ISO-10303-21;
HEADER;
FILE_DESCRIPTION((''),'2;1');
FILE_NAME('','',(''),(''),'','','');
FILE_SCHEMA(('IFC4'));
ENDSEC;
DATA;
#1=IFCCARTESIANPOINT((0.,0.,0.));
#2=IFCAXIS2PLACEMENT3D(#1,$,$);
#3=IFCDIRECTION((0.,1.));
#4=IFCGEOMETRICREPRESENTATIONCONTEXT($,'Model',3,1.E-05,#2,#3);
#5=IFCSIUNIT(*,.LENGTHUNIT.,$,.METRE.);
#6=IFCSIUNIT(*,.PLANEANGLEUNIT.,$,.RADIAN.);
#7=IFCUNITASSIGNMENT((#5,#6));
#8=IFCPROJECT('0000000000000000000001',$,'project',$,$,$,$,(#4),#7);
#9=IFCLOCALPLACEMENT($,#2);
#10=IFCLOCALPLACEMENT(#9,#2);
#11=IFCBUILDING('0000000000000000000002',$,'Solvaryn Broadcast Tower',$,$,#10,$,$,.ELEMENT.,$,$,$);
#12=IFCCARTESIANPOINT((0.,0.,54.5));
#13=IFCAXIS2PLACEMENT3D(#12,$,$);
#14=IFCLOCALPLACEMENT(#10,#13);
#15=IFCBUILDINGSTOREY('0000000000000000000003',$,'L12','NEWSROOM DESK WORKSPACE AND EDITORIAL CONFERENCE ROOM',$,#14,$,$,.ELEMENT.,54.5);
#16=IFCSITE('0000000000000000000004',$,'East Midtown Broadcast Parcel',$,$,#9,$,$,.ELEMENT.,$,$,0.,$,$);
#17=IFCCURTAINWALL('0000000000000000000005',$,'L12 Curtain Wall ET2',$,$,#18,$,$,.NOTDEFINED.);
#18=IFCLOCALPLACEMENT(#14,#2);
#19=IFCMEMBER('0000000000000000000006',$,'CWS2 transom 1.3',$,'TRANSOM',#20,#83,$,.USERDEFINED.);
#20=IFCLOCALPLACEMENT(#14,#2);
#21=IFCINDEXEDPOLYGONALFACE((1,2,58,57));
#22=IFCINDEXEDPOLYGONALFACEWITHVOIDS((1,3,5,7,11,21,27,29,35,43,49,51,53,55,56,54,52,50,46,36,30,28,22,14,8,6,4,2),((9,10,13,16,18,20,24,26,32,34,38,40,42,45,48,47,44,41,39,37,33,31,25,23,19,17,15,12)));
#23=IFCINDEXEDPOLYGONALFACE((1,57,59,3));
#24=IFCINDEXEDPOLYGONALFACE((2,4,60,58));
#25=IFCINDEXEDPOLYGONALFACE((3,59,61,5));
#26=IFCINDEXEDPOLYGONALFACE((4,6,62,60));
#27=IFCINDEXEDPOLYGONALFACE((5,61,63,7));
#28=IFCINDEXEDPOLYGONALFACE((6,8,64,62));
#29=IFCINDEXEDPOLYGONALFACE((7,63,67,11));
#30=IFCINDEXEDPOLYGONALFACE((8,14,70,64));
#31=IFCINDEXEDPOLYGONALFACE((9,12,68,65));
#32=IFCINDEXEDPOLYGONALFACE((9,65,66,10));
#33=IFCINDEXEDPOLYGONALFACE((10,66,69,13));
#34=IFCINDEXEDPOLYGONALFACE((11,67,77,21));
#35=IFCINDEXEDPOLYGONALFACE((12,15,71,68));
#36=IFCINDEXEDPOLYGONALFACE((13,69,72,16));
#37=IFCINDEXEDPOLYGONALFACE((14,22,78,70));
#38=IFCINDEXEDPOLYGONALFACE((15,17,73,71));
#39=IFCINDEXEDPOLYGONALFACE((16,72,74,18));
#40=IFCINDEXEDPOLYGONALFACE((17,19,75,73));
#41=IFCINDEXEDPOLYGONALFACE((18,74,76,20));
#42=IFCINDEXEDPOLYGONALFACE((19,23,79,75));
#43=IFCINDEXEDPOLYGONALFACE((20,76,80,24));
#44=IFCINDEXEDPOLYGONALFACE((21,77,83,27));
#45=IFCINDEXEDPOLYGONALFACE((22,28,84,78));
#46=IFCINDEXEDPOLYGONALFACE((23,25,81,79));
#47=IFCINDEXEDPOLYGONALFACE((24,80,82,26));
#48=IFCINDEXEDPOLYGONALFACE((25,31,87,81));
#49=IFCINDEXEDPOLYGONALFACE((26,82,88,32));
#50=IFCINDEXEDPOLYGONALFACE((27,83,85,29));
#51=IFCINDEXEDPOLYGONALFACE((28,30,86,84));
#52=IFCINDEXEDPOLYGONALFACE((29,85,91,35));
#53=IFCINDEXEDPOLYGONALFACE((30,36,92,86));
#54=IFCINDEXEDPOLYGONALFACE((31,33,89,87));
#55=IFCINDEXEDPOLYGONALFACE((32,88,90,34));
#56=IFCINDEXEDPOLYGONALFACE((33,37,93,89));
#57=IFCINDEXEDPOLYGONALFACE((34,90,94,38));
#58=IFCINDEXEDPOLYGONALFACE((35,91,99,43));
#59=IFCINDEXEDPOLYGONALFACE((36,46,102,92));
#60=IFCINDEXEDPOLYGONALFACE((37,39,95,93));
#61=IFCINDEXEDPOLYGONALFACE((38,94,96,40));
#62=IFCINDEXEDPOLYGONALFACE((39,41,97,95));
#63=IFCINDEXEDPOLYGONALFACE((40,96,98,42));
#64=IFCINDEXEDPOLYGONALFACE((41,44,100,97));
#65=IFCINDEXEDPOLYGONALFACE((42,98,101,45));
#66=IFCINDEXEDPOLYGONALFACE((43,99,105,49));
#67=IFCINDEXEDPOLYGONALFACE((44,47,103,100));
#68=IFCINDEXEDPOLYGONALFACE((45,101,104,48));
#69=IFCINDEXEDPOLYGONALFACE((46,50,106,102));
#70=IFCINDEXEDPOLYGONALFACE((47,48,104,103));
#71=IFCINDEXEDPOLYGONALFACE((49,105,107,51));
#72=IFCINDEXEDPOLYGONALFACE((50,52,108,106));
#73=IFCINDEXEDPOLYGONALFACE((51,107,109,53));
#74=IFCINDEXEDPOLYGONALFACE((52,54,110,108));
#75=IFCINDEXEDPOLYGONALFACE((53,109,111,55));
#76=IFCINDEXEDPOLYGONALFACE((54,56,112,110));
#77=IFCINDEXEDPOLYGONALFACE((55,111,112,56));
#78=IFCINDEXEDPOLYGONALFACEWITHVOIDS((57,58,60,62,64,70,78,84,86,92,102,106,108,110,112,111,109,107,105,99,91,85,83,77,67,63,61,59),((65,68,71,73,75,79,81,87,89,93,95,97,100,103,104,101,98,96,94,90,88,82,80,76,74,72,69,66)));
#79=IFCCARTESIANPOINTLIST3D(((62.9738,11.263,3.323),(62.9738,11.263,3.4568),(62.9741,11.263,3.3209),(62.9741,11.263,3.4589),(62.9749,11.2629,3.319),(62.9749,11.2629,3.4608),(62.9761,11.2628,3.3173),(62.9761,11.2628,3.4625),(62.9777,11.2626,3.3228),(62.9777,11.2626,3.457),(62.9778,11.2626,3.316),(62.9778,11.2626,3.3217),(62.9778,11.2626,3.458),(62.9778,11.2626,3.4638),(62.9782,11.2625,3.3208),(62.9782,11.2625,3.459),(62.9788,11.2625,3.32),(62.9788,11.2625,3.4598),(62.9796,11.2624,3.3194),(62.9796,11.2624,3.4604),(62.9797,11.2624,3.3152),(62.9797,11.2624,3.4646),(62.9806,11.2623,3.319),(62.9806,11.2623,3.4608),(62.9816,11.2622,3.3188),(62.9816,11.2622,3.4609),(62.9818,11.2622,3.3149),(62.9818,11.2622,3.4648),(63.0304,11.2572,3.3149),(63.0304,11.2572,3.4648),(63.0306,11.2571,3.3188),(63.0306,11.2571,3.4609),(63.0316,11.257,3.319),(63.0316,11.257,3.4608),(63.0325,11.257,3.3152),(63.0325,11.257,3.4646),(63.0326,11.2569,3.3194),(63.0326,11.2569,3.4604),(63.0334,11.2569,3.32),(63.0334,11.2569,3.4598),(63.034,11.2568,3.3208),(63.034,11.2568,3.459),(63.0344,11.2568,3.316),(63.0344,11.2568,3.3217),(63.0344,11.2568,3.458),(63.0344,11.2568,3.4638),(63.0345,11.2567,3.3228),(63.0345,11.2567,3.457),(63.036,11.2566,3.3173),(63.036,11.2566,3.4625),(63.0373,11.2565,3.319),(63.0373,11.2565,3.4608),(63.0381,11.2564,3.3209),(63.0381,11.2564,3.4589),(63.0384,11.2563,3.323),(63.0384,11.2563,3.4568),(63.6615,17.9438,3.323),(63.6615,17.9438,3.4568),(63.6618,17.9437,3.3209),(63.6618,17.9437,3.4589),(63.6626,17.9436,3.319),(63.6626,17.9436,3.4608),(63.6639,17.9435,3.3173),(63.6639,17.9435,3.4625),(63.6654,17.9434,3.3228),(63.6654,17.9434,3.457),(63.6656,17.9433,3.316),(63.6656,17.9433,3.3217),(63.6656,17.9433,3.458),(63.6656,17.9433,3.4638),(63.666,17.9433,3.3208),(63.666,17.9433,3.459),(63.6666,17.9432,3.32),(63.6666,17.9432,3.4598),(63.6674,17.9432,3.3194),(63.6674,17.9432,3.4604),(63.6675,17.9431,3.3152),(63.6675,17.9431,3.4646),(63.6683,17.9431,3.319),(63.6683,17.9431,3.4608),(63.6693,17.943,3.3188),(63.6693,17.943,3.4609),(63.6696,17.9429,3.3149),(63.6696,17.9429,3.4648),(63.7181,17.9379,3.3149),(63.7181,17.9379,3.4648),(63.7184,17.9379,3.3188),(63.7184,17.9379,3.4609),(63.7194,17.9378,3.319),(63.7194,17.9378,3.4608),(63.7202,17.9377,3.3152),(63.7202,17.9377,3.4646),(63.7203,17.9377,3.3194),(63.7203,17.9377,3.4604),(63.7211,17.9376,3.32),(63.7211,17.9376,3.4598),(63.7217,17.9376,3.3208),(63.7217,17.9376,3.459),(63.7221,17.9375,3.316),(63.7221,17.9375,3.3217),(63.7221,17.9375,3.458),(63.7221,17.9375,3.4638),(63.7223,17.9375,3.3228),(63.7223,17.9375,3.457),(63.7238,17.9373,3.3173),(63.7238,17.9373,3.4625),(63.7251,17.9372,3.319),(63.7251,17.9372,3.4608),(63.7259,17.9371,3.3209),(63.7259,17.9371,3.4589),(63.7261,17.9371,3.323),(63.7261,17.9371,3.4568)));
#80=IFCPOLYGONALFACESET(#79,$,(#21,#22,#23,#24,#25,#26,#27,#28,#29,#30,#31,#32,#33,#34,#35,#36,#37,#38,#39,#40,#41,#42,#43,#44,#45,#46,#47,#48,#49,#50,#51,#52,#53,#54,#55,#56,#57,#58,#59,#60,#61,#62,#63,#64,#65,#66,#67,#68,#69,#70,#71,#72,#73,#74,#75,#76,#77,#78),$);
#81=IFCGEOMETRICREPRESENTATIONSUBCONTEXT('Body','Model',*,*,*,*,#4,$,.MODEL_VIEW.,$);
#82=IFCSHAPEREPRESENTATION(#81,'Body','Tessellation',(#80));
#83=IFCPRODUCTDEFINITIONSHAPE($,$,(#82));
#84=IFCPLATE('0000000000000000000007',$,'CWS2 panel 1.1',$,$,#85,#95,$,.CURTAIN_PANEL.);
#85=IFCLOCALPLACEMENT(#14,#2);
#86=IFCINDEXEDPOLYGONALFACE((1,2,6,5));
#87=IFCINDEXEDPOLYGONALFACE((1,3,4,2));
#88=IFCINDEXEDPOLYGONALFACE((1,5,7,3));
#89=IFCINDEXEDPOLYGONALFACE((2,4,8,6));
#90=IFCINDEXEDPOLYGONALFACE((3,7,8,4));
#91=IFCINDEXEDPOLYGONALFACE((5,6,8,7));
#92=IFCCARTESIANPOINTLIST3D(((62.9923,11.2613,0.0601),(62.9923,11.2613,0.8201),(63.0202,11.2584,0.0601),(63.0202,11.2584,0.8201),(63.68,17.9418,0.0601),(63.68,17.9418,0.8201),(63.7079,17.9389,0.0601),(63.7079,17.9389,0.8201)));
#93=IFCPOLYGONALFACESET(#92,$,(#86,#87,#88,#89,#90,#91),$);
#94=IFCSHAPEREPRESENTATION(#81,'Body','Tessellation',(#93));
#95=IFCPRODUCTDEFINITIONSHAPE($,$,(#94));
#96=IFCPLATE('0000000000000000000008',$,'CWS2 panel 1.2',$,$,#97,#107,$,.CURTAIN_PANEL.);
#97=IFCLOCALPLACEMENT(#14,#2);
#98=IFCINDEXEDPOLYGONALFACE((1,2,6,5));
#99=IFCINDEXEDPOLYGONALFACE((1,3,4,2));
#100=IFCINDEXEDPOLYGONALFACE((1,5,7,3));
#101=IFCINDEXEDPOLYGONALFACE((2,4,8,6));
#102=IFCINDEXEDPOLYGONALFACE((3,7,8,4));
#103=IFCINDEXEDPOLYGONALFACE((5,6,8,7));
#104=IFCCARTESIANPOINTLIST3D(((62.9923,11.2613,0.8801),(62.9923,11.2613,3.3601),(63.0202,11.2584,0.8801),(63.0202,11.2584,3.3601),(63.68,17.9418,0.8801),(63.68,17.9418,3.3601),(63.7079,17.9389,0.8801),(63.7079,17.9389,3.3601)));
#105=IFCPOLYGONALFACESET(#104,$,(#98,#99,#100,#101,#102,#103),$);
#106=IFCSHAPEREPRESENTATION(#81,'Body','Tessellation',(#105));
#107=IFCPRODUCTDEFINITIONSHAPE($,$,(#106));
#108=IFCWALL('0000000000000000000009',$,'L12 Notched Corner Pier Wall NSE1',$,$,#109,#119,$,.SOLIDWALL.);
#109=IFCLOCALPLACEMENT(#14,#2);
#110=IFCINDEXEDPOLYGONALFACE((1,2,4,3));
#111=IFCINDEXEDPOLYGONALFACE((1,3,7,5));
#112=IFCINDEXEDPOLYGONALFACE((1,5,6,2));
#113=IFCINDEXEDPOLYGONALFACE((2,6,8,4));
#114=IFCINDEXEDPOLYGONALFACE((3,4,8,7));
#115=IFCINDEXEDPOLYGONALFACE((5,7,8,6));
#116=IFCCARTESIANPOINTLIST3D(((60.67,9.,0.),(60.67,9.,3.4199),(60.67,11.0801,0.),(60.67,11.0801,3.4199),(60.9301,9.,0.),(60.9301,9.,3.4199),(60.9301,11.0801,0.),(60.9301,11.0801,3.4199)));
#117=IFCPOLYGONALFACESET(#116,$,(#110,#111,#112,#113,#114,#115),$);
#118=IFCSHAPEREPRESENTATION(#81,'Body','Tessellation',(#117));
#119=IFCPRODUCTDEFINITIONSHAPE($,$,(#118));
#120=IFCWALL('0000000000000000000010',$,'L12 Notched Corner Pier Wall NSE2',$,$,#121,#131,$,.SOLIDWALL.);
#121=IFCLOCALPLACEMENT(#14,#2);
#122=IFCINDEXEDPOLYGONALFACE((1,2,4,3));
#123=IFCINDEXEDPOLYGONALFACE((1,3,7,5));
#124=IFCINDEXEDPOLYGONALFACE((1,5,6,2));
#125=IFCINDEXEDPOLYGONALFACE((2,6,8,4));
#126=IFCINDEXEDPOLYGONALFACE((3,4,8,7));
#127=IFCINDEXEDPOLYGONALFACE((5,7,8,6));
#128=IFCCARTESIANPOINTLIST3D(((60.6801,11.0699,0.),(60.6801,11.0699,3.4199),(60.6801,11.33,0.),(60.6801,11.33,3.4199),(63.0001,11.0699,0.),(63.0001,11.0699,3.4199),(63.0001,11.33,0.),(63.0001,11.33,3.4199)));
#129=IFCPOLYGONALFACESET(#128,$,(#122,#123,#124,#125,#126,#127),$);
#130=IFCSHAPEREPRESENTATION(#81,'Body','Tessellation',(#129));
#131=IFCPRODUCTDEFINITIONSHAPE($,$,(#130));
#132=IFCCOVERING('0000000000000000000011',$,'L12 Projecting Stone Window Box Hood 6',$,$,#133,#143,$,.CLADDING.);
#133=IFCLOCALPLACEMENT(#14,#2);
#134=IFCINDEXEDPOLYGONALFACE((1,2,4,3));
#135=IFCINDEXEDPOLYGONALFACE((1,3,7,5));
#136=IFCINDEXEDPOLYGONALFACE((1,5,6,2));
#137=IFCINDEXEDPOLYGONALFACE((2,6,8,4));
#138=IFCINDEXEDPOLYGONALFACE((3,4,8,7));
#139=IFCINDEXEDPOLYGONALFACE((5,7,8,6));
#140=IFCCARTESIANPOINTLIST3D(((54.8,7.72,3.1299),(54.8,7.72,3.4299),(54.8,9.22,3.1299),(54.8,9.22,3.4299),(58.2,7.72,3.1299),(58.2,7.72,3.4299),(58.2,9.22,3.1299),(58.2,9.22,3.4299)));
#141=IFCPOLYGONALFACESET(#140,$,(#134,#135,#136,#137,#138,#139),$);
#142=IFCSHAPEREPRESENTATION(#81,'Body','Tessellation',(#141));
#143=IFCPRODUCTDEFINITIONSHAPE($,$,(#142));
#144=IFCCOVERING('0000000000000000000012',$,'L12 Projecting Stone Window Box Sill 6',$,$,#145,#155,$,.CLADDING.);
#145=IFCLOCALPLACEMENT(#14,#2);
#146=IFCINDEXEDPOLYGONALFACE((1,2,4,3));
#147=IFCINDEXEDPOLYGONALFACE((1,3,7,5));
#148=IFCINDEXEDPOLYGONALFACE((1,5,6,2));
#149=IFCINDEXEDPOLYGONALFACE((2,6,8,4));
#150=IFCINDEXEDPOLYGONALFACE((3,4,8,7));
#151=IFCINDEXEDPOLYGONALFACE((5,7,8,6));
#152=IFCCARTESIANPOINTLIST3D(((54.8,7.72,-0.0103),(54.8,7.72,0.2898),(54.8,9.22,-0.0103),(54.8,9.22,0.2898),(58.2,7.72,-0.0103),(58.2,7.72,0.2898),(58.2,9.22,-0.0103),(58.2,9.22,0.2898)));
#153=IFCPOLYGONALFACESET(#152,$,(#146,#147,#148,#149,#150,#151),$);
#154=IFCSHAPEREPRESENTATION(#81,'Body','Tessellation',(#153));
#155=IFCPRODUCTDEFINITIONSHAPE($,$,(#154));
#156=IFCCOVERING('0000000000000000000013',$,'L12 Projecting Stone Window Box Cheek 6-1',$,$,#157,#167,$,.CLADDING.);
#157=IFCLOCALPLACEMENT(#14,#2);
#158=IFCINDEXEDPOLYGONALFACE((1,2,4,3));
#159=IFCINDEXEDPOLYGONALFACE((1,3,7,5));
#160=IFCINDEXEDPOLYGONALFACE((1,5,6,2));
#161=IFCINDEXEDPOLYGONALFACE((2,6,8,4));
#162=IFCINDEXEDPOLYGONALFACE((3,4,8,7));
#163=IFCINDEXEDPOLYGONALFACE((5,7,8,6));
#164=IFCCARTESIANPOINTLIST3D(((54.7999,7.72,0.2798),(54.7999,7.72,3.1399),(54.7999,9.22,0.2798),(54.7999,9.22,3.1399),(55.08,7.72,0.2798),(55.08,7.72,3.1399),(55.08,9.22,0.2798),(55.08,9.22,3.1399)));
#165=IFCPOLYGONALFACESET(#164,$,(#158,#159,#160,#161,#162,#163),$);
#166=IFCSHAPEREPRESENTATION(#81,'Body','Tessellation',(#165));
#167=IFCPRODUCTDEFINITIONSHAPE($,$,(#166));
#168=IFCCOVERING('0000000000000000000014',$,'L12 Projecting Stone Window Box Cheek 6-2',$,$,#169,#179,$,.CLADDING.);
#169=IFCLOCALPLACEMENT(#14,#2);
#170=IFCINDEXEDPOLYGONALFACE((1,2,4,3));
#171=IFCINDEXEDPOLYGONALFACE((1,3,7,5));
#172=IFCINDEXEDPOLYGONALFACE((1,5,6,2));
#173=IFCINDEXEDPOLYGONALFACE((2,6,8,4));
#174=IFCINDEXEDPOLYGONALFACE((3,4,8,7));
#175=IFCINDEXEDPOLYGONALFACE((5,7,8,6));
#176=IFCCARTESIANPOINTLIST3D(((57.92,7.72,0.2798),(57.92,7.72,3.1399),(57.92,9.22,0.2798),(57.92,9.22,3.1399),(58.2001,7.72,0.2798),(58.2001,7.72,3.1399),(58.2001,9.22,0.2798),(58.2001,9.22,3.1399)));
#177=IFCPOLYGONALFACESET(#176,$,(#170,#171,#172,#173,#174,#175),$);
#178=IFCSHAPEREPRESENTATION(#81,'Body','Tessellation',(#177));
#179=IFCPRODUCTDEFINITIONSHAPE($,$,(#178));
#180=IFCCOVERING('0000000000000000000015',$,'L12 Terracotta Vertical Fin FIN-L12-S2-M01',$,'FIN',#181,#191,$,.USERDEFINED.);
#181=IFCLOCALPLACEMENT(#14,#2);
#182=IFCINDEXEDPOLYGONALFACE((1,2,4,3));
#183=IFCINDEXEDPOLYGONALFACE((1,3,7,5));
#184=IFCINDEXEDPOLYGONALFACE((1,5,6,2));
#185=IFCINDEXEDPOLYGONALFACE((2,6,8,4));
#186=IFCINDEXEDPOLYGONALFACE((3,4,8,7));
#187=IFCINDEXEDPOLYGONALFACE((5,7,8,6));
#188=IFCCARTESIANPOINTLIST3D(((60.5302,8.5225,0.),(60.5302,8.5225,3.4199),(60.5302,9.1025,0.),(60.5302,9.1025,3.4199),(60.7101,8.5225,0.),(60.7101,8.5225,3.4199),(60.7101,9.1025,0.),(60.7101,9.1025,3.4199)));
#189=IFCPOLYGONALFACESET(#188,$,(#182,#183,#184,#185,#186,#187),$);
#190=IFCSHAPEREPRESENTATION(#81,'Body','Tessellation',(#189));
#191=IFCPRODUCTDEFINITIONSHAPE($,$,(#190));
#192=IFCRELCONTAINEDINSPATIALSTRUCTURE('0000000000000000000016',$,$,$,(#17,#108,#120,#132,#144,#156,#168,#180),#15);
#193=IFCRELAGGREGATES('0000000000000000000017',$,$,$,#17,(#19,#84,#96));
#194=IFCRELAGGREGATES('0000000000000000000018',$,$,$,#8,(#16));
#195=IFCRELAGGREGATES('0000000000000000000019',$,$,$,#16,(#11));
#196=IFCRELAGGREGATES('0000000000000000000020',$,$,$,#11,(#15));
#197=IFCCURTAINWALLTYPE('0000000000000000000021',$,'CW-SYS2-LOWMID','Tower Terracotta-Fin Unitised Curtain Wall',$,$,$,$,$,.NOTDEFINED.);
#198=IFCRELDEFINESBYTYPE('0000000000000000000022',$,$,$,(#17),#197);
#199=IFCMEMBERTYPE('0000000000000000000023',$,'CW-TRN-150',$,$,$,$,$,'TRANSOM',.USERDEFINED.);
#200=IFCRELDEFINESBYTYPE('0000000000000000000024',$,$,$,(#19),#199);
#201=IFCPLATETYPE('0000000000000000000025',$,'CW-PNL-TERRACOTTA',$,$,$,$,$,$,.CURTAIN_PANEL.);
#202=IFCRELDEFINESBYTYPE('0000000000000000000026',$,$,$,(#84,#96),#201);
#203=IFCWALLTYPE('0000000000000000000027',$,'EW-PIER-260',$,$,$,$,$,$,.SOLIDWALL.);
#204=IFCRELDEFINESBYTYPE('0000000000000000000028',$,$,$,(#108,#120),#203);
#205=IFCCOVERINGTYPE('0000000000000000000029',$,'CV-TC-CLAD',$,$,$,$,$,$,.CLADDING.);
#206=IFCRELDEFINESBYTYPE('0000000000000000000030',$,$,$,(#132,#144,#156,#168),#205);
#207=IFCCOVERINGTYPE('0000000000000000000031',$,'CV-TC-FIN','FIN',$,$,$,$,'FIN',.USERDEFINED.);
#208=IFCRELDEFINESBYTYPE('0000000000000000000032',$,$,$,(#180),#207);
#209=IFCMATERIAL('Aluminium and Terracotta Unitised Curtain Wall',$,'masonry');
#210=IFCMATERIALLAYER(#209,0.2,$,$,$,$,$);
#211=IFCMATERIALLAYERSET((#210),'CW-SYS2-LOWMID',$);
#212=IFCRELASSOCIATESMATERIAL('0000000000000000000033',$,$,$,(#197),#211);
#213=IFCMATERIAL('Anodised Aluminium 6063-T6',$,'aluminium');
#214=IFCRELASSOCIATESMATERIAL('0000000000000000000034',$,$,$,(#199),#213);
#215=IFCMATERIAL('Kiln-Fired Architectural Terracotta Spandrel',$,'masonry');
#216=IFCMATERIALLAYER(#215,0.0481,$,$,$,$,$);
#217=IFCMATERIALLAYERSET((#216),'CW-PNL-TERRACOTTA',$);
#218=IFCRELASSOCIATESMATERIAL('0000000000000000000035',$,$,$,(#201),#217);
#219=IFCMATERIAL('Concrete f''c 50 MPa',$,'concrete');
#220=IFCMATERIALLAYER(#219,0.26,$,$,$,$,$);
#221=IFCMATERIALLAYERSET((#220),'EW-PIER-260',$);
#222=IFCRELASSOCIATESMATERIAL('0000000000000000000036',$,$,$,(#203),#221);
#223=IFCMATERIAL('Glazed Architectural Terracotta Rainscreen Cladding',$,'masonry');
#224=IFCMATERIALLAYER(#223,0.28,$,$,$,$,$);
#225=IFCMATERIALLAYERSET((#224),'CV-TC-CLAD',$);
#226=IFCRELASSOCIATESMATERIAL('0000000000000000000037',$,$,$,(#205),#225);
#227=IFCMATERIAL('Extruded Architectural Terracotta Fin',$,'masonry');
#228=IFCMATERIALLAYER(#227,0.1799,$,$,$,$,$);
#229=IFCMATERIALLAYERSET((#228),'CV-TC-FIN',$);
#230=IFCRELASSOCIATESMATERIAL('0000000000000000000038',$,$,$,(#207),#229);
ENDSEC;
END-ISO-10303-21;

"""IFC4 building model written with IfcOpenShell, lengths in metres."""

from ifc_helpers import new_model, si_unit, direction, frame, frame_2d, origin, origin_2d, place, context, subcontext, project, spatial, rectangle, hollow_rectangle, extrude, material, layer, layer_set, material_profile, profile_set, type_object, element, aggregate, save


model = new_model("IFC4")

# Units and contexts
model_context = context("Model", 3, precision=1e-05, world=origin(), true_north=direction((0.0, 1.0)))
body_context = subcontext(model_context, "Body", "Model", "MODEL_VIEW")
ifc_project = project(units=[si_unit("LENGTHUNIT", "METRE"), si_unit("PLANEANGLEUNIT", "RADIAN")], contexts=[model_context])

# Site, building, storey
site_placement = place(None, origin())
site = spatial("IfcSite", under=ifc_project, at=site_placement, Name="East Midtown Broadcast Parcel", CompositionType="ELEMENT", RefElevation=0.0)
building_placement = place(site_placement, origin())
building = spatial("IfcBuilding", under=site, at=building_placement, Name="Solvaryn Broadcast Tower", CompositionType="ELEMENT")
storey_placement = place(building_placement, frame((0.0, 0.0, 54.5)))
storey = spatial("IfcBuildingStorey", under=building, at=storey_placement, Name="L12", Description="NEWSROOM DESK WORKSPACE AND EDITORIAL CONFERENCE ROOM", CompositionType="ELEMENT", Elevation=54.5)

# Shared definitions
ifc_material_1 = material(Name="Aluminium and Terracotta Unitised Curtain Wall", Category="masonry")
ifc_layer_1 = layer(ifc_material_1, 0.2)
ifc_layer_set_1 = layer_set([ifc_layer_1], Name="CW-SYS2-LOWMID")
curtain_wall_type = type_object("IfcCurtainWallType", Name="CW-SYS2-LOWMID", Description="Tower Terracotta-Fin Unitised Curtain Wall", PredefinedType="NOTDEFINED", material=ifc_layer_set_1)

# Curtain wall, member, plates
curtain_wall_1_placement = place(storey_placement, origin())
curtain_wall_1 = element("IfcCurtainWall", 1, at=curtain_wall_1_placement, inside=storey, type_object=curtain_wall_type, Name="L12 Curtain Wall ET2", PredefinedType="NOTDEFINED")
ifc_material_2 = material(Name="Anodised Aluminium 6063-T6", Category="aluminium")
ifc_material_profile_1 = material_profile(ifc_material_2, hollow_rectangle(XDim=0.0649, YDim=0.1499, WallThickness=0.0039, InnerFilletRadius=0.0039, OuterFilletRadius=0.0081, at=origin_2d()))
ifc_profile_set_1 = profile_set([ifc_material_profile_1], Name="Anodised Aluminium 6063-T6")
member_type_1 = type_object("IfcMemberType", Name="CW-TRN-150", ElementType="TRANSOM", PredefinedType="USERDEFINED", material=ifc_profile_set_1)
member_1_placement = place(storey_placement, frame((63.6938, 17.9404, 3.3899), z_axis=(-0.102404, -0.994743, 0.0), x_axis=(0.994743, -0.102404, 0.0)))
member_1 = element("IfcMember", 2, at=member_1_placement, type_object=member_type_1, Name="CWS2 transom 1.3", ObjectType="TRANSOM", PredefinedType="USERDEFINED", context=body_context, shape_type="SweptSolid", body=[
    extrude(hollow_rectangle(XDim=0.0649, YDim=0.1499, WallThickness=0.0039, InnerFilletRadius=0.0039, OuterFilletRadius=0.0081, at=origin_2d()), origin(), (0.0, 0.0, 1.0), 6.7161),
])
ifc_material_3 = material(Name="Kiln-Fired Architectural Terracotta Spandrel", Category="masonry")
ifc_layer_2 = layer(ifc_material_3, 0.0481)
ifc_layer_set_2 = layer_set([ifc_layer_2], Name="CW-PNL-TERRACOTTA")
plate_type = type_object("IfcPlateType", Name="CW-PNL-TERRACOTTA", PredefinedType="CURTAIN_PANEL", material=ifc_layer_set_2)
plate_1_placement = place(storey_placement, frame((63.3501, 14.6001, 0.0601), z_axis=(0.0, 0.0, 1.0), x_axis=(-0.1024, -0.994743, 0.0)))
plate_1 = element("IfcPlate", 3, at=plate_1_placement, type_object=plate_type, Name="CWS2 panel 1.1", PredefinedType="CURTAIN_PANEL", context=body_context, shape_type="SweptSolid", body=[
    extrude(rectangle(XDim=6.7158, YDim=0.0281, at=origin_2d()), origin(), (0.0, 0.0, 1.0), 0.76),
])
plate_2_placement = place(storey_placement, frame((63.3501, 14.6001, 0.8801), z_axis=(0.0, 0.0, 1.0), x_axis=(-0.1024, -0.994743, 0.0)))
plate_2 = element("IfcPlate", 4, at=plate_2_placement, type_object=plate_type, Name="CWS2 panel 1.2", PredefinedType="CURTAIN_PANEL", context=body_context, shape_type="SweptSolid", body=[
    extrude(rectangle(XDim=6.7158, YDim=0.0281, at=origin_2d()), origin(), (0.0, 0.0, 1.0), 2.48),
])
aggregate(curtain_wall_1, [member_1, plate_1, plate_2])

# Walls
ifc_material_4 = material(Name="Concrete f'c 50 MPa", Category="concrete")
ifc_layer_3 = layer(ifc_material_4, 0.26)
ifc_layer_set_3 = layer_set([ifc_layer_3], Name="EW-PIER-260")
wall_type = type_object("IfcWallType", Name="EW-PIER-260", PredefinedType="SOLIDWALL", material=ifc_layer_set_3)
wall_1_placement = place(storey_placement, frame((60.8, 9.0, 0.0), z_axis=(0.0, 0.0, 1.0), x_axis=(0.0, 1.0, 0.0)))
element("IfcWall", 5, at=wall_1_placement, inside=storey, type_object=wall_type, Name="L12 Notched Corner Pier Wall NSE1", PredefinedType="SOLIDWALL", context=body_context, shape_type="SweptSolid", body=[
    extrude(rectangle(XDim=2.0801, YDim=0.26, at=frame_2d((1.04, 0.0))), origin(), (0.0, 0.0, 1.0), 3.4199),
])
wall_2_placement = place(storey_placement, frame((60.6799, 11.2, 0.0), z_axis=(0.0, 0.0, 1.0), x_axis=(1.0, 0.0, 0.0)))
element("IfcWall", 6, at=wall_2_placement, inside=storey, type_object=wall_type, Name="L12 Notched Corner Pier Wall NSE2", PredefinedType="SOLIDWALL", context=body_context, shape_type="SweptSolid", body=[
    extrude(rectangle(XDim=2.3201, YDim=0.26, at=frame_2d((1.1602, 0.0))), origin(), (0.0, 0.0, 1.0), 3.4199),
])

# Coverings
ifc_material_5 = material(Name="Glazed Architectural Terracotta Rainscreen Cladding", Category="masonry")
ifc_layer_4 = layer(ifc_material_5, 0.28)
ifc_layer_set_4 = layer_set([ifc_layer_4], Name="CV-TC-CLAD")
covering_type_1 = type_object("IfcCoveringType", Name="CV-TC-CLAD", PredefinedType="CLADDING", material=ifc_layer_set_4)
for number, where, z_axis, x_axis, name in (
    (7, (56.5, 8.47, 3.1299), (0.0, 0.0, 1.0), (1.0, 0.0, 0.0), "L12 Projecting Stone Window Box Hood 6"),
    (8, (56.5, 8.47, -0.0103), (0.0, 0.0, 1.0), (1.0, 0.0, 0.0), "L12 Projecting Stone Window Box Sill 6"),
):
    element("IfcCovering", number, at=place(storey_placement, frame(where, z_axis=z_axis, x_axis=x_axis)), inside=storey, type_object=covering_type_1, Name=name, PredefinedType="CLADDING", context=body_context, shape_type="SweptSolid", body=[
        extrude(rectangle(XDim=3.3999, YDim=1.5, at=origin_2d()), origin(), (0.0, 0.0, 1.0), 0.3),
    ])
for number, where, z_axis, x_axis, name in (
    (9, (54.9399, 8.47, 0.2798), (0.0, 0.0, 1.0), (1.0, 0.0, 0.0), "L12 Projecting Stone Window Box Cheek 6-1"),
    (10, (58.0601, 8.47, 0.2798), (0.0, 0.0, 1.0), (1.0, 0.0, 0.0), "L12 Projecting Stone Window Box Cheek 6-2"),
):
    element("IfcCovering", number, at=place(storey_placement, frame(where, z_axis=z_axis, x_axis=x_axis)), inside=storey, type_object=covering_type_1, Name=name, PredefinedType="CLADDING", context=body_context, shape_type="SweptSolid", body=[
        extrude(rectangle(XDim=0.28, YDim=1.5, at=origin_2d()), origin(), (0.0, 0.0, 1.0), 2.8601),
    ])
ifc_material_6 = material(Name="Extruded Architectural Terracotta Fin", Category="masonry")
ifc_layer_5 = layer(ifc_material_6, 0.1799)
ifc_layer_set_5 = layer_set([ifc_layer_5], Name="CV-TC-FIN")
covering_type_2 = type_object("IfcCoveringType", Name="CV-TC-FIN", Description="FIN", ElementType="FIN", PredefinedType="USERDEFINED", material=ifc_layer_set_5)
covering_placement = place(storey_placement, frame((60.6201, 8.8125, 0.0), z_axis=(0.0, 0.0, 1.0), x_axis=(1.0, 0.0, 0.0)))
element("IfcCovering", 11, at=covering_placement, inside=storey, type_object=covering_type_2, Name="L12 Terracotta Vertical Fin FIN-L12-S2-M01", ObjectType="FIN", PredefinedType="USERDEFINED", context=body_context, shape_type="SweptSolid", body=[
    extrude(rectangle(XDim=0.1799, YDim=0.5801, at=origin_2d()), origin(), (0.0, 0.0, 1.0), 3.4199),
])

save(model, "model.ifc")
